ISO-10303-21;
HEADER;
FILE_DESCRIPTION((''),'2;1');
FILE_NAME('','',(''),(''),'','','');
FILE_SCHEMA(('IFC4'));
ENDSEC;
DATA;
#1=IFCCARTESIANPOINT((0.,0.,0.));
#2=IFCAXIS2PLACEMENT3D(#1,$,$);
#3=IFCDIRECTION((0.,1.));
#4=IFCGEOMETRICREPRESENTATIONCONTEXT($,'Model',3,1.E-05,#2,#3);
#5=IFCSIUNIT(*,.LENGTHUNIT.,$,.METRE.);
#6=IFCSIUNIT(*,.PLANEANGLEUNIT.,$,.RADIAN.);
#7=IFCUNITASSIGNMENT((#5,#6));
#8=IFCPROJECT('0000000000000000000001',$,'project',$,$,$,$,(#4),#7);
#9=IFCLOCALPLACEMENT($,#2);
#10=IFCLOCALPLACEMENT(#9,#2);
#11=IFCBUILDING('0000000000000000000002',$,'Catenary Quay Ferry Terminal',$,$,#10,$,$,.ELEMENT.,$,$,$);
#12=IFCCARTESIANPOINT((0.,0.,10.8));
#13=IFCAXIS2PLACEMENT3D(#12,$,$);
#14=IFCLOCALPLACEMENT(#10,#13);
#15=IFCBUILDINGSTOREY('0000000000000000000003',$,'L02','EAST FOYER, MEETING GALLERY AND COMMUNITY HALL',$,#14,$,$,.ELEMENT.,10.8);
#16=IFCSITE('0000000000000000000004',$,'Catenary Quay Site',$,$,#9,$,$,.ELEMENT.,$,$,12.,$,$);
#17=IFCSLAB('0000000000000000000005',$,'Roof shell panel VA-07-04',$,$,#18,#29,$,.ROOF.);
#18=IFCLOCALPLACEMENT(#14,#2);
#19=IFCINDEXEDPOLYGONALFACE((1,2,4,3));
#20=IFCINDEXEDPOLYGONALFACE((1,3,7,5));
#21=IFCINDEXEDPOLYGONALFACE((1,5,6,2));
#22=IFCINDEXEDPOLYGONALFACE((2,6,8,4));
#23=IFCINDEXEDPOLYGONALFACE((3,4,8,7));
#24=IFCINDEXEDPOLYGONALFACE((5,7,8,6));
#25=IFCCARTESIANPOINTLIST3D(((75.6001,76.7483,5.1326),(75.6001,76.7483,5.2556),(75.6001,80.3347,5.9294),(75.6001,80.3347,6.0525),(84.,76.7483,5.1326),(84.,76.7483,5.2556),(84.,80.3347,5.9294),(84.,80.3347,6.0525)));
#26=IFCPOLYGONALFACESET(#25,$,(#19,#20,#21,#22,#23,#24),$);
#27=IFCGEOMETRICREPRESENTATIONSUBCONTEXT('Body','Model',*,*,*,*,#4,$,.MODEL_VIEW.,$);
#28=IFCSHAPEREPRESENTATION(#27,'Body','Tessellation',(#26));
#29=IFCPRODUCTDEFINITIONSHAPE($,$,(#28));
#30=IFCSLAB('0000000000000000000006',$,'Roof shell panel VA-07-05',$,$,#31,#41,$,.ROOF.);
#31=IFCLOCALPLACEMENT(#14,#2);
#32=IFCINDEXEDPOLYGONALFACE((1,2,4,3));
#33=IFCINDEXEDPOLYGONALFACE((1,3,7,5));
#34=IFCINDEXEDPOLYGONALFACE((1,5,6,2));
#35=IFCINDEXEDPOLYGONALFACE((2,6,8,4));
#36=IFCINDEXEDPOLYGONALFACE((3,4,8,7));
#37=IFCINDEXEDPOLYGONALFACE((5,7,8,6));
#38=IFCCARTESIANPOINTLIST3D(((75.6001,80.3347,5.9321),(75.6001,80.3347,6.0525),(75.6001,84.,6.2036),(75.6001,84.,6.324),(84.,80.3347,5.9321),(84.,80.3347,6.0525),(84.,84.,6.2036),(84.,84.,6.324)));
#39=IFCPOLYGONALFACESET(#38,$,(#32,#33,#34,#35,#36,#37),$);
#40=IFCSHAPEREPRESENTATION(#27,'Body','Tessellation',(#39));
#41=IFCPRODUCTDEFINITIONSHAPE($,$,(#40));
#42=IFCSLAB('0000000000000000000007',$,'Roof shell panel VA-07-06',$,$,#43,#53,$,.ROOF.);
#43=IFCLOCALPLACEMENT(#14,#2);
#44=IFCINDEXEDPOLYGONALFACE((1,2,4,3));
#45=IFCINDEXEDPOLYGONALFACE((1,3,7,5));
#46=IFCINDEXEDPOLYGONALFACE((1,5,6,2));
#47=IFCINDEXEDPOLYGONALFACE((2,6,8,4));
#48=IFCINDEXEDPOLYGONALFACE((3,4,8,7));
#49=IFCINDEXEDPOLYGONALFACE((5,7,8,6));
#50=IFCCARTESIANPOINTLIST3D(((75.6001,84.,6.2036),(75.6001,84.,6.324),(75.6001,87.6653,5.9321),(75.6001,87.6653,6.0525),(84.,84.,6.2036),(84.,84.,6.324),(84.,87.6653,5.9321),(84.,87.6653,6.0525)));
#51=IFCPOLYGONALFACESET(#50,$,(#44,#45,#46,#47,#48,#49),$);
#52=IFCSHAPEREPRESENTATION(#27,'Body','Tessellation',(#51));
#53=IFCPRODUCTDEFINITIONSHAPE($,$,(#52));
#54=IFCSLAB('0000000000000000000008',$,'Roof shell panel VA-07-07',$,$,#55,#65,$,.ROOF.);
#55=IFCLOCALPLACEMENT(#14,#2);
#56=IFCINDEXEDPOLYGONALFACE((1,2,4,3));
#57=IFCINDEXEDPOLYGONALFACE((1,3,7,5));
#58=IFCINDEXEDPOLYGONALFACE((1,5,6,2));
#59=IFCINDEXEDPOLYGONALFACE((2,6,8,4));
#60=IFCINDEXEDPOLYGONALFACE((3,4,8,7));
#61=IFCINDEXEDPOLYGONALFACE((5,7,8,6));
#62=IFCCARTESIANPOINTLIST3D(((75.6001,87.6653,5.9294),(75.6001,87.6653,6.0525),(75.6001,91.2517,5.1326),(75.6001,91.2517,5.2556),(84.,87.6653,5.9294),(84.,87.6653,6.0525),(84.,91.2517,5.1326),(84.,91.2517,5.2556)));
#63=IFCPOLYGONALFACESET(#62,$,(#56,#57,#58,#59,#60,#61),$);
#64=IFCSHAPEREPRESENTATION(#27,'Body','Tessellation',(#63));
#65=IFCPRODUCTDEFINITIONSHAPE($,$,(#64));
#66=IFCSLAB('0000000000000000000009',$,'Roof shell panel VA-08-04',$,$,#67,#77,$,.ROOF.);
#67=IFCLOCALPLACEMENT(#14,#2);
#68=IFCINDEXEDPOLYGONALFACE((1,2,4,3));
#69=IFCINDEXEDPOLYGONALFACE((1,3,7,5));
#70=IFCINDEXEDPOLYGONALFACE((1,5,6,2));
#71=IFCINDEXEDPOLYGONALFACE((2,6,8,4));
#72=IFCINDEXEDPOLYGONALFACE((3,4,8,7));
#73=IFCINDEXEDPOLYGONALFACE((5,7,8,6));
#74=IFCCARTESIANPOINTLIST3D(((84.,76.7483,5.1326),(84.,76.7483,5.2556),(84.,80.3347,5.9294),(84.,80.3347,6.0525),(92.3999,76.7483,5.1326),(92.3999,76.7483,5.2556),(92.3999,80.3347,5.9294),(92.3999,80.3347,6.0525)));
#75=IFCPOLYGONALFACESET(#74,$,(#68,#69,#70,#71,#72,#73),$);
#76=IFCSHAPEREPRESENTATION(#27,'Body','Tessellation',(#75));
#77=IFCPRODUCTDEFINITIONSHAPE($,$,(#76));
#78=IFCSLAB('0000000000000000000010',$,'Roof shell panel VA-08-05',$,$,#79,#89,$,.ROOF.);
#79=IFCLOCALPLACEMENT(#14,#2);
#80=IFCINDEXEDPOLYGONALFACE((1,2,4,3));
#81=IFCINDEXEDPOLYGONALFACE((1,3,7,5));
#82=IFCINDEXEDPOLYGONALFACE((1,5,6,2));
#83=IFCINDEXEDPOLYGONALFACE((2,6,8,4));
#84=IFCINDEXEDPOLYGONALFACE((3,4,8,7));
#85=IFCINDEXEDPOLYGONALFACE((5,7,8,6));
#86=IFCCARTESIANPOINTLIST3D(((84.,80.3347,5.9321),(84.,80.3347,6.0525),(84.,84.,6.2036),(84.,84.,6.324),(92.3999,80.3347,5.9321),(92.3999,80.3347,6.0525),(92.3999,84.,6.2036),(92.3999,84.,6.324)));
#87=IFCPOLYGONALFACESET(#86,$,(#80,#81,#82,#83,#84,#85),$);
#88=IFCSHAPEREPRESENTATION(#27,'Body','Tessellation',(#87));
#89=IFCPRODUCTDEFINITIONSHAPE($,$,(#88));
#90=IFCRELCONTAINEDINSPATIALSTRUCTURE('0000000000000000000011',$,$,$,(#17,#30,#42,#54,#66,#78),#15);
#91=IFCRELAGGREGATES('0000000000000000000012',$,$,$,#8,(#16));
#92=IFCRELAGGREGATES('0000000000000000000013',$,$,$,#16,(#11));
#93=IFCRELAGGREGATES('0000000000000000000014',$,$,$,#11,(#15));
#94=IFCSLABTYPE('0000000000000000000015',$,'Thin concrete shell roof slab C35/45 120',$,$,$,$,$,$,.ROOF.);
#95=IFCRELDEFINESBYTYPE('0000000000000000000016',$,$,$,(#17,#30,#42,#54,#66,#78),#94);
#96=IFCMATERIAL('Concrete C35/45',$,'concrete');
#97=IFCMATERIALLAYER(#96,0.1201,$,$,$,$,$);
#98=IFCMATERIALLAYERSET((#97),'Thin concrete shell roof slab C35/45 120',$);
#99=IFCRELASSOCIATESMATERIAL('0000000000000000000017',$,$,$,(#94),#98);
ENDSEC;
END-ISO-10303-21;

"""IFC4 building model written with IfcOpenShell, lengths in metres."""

from ifc_helpers import new_model, si_unit, direction, frame, origin, place, context, subcontext, project, spatial, polyline, outline, extrude, material, layer, layer_set, type_object, element, save


model = new_model("IFC4")

# Units and contexts
model_context = context("Model", 3, precision=1e-05, world=origin(), true_north=direction((0.0, 1.0)))
body_context = subcontext(model_context, "Body", "Model", "MODEL_VIEW")
ifc_project = project(units=[si_unit("LENGTHUNIT", "METRE"), si_unit("PLANEANGLEUNIT", "RADIAN")], contexts=[model_context])

# Site, building, storey
site_placement = place(None, origin())
site = spatial("IfcSite", under=ifc_project, at=site_placement, Name="Catenary Quay Site", CompositionType="ELEMENT", RefElevation=12.0)
building_placement = place(site_placement, origin())
building = spatial("IfcBuilding", under=site, at=building_placement, Name="Catenary Quay Ferry Terminal", CompositionType="ELEMENT")
storey_placement = place(building_placement, frame((0.0, 0.0, 10.8)))
storey = spatial("IfcBuildingStorey", under=building, at=storey_placement, Name="L02", Description="EAST FOYER, MEETING GALLERY AND COMMUNITY HALL", CompositionType="ELEMENT", Elevation=10.8)

# Slabs
ifc_material_1 = material(Name="Concrete C35/45", Category="concrete")
ifc_layer = layer(ifc_material_1, 0.1201)
ifc_layer_set = layer_set([ifc_layer], Name="Thin concrete shell roof slab C35/45 120")
slab_type = type_object("IfcSlabType", Name="Thin concrete shell roof slab C35/45 120", PredefinedType="ROOF", material=ifc_layer_set)
slab_1_placement = place(storey_placement, frame((75.6001, 76.7483, 5.2556), z_axis=(0.0, -0.216902, 0.976193), x_axis=(1.0, 0.0, 0.0)))
element("IfcSlab", 1, at=slab_1_placement, inside=storey, type_object=slab_type, Name="Roof shell panel VA-07-04", PredefinedType="ROOF", context=body_context, shape_type="SweptSolid", body=[
    extrude(outline(polyline([(0.0, 0.0), (8.3999, 0.0), (8.3999, 3.6739), (0.0, 3.6739), (0.0, 0.0)])), origin(), (0.0, -0.216902, -0.976193), 0.123),
])
slab_2_placement = place(storey_placement, frame((75.6001, 80.3347, 6.0525), z_axis=(0.0, -0.073867, 0.997268), x_axis=(1.0, 0.0, 0.0)))
element("IfcSlab", 2, at=slab_2_placement, inside=storey, type_object=slab_type, Name="Roof shell panel VA-07-05", PredefinedType="ROOF", context=body_context, shape_type="SweptSolid", body=[
    extrude(outline(polyline([(0.0, 0.0), (8.3999, 0.0), (8.3999, 3.6753), (0.0, 3.6753), (0.0, 0.0)])), origin(), (0.0, -0.073867, -0.997268), 0.1204),
])
slab_3_placement = place(storey_placement, frame((75.6001, 84.0, 6.324), z_axis=(0.0, 0.073867, 0.997268), x_axis=(1.0, 0.0, 0.0)))
element("IfcSlab", 3, at=slab_3_placement, inside=storey, type_object=slab_type, Name="Roof shell panel VA-07-06", PredefinedType="ROOF", context=body_context, shape_type="SweptSolid", body=[
    extrude(outline(polyline([(0.0, 0.0), (8.3999, 0.0), (8.3999, 3.6753), (0.0, 3.6753), (0.0, 0.0)])), origin(), (0.0, 0.073867, -0.997268), 0.1204),
])
slab_4_placement = place(storey_placement, frame((75.6001, 87.6653, 6.0525), z_axis=(0.0, 0.216902, 0.976193), x_axis=(1.0, 0.0, 0.0)))
element("IfcSlab", 4, at=slab_4_placement, inside=storey, type_object=slab_type, Name="Roof shell panel VA-07-07", PredefinedType="ROOF", context=body_context, shape_type="SweptSolid", body=[
    extrude(outline(polyline([(0.0, 0.0), (8.3999, 0.0), (8.3999, 3.6739), (0.0, 3.6739), (0.0, 0.0)])), origin(), (0.0, 0.216902, -0.976193), 0.123),
])
slab_5_placement = place(storey_placement, frame((84.0, 76.7483, 5.2556), z_axis=(0.0, -0.216902, 0.976193), x_axis=(1.0, 0.0, 0.0)))
element("IfcSlab", 5, at=slab_5_placement, inside=storey, type_object=slab_type, Name="Roof shell panel VA-08-04", PredefinedType="ROOF", context=body_context, shape_type="SweptSolid", body=[
    extrude(outline(polyline([(0.0, 0.0), (8.3999, 0.0), (8.3999, 3.6739), (0.0, 3.6739), (0.0, 0.0)])), origin(), (0.0, -0.216902, -0.976193), 0.123),
])
slab_6_placement = place(storey_placement, frame((84.0, 80.3347, 6.0525), z_axis=(0.0, -0.073867, 0.997268), x_axis=(1.0, 0.0, 0.0)))
element("IfcSlab", 6, at=slab_6_placement, inside=storey, type_object=slab_type, Name="Roof shell panel VA-08-05", PredefinedType="ROOF", context=body_context, shape_type="SweptSolid", body=[
    extrude(outline(polyline([(0.0, 0.0), (8.3999, 0.0), (8.3999, 3.6753), (0.0, 3.6753), (0.0, 0.0)])), origin(), (0.0, -0.073867, -0.997268), 0.1204),
])

save(model, "model.ifc")
